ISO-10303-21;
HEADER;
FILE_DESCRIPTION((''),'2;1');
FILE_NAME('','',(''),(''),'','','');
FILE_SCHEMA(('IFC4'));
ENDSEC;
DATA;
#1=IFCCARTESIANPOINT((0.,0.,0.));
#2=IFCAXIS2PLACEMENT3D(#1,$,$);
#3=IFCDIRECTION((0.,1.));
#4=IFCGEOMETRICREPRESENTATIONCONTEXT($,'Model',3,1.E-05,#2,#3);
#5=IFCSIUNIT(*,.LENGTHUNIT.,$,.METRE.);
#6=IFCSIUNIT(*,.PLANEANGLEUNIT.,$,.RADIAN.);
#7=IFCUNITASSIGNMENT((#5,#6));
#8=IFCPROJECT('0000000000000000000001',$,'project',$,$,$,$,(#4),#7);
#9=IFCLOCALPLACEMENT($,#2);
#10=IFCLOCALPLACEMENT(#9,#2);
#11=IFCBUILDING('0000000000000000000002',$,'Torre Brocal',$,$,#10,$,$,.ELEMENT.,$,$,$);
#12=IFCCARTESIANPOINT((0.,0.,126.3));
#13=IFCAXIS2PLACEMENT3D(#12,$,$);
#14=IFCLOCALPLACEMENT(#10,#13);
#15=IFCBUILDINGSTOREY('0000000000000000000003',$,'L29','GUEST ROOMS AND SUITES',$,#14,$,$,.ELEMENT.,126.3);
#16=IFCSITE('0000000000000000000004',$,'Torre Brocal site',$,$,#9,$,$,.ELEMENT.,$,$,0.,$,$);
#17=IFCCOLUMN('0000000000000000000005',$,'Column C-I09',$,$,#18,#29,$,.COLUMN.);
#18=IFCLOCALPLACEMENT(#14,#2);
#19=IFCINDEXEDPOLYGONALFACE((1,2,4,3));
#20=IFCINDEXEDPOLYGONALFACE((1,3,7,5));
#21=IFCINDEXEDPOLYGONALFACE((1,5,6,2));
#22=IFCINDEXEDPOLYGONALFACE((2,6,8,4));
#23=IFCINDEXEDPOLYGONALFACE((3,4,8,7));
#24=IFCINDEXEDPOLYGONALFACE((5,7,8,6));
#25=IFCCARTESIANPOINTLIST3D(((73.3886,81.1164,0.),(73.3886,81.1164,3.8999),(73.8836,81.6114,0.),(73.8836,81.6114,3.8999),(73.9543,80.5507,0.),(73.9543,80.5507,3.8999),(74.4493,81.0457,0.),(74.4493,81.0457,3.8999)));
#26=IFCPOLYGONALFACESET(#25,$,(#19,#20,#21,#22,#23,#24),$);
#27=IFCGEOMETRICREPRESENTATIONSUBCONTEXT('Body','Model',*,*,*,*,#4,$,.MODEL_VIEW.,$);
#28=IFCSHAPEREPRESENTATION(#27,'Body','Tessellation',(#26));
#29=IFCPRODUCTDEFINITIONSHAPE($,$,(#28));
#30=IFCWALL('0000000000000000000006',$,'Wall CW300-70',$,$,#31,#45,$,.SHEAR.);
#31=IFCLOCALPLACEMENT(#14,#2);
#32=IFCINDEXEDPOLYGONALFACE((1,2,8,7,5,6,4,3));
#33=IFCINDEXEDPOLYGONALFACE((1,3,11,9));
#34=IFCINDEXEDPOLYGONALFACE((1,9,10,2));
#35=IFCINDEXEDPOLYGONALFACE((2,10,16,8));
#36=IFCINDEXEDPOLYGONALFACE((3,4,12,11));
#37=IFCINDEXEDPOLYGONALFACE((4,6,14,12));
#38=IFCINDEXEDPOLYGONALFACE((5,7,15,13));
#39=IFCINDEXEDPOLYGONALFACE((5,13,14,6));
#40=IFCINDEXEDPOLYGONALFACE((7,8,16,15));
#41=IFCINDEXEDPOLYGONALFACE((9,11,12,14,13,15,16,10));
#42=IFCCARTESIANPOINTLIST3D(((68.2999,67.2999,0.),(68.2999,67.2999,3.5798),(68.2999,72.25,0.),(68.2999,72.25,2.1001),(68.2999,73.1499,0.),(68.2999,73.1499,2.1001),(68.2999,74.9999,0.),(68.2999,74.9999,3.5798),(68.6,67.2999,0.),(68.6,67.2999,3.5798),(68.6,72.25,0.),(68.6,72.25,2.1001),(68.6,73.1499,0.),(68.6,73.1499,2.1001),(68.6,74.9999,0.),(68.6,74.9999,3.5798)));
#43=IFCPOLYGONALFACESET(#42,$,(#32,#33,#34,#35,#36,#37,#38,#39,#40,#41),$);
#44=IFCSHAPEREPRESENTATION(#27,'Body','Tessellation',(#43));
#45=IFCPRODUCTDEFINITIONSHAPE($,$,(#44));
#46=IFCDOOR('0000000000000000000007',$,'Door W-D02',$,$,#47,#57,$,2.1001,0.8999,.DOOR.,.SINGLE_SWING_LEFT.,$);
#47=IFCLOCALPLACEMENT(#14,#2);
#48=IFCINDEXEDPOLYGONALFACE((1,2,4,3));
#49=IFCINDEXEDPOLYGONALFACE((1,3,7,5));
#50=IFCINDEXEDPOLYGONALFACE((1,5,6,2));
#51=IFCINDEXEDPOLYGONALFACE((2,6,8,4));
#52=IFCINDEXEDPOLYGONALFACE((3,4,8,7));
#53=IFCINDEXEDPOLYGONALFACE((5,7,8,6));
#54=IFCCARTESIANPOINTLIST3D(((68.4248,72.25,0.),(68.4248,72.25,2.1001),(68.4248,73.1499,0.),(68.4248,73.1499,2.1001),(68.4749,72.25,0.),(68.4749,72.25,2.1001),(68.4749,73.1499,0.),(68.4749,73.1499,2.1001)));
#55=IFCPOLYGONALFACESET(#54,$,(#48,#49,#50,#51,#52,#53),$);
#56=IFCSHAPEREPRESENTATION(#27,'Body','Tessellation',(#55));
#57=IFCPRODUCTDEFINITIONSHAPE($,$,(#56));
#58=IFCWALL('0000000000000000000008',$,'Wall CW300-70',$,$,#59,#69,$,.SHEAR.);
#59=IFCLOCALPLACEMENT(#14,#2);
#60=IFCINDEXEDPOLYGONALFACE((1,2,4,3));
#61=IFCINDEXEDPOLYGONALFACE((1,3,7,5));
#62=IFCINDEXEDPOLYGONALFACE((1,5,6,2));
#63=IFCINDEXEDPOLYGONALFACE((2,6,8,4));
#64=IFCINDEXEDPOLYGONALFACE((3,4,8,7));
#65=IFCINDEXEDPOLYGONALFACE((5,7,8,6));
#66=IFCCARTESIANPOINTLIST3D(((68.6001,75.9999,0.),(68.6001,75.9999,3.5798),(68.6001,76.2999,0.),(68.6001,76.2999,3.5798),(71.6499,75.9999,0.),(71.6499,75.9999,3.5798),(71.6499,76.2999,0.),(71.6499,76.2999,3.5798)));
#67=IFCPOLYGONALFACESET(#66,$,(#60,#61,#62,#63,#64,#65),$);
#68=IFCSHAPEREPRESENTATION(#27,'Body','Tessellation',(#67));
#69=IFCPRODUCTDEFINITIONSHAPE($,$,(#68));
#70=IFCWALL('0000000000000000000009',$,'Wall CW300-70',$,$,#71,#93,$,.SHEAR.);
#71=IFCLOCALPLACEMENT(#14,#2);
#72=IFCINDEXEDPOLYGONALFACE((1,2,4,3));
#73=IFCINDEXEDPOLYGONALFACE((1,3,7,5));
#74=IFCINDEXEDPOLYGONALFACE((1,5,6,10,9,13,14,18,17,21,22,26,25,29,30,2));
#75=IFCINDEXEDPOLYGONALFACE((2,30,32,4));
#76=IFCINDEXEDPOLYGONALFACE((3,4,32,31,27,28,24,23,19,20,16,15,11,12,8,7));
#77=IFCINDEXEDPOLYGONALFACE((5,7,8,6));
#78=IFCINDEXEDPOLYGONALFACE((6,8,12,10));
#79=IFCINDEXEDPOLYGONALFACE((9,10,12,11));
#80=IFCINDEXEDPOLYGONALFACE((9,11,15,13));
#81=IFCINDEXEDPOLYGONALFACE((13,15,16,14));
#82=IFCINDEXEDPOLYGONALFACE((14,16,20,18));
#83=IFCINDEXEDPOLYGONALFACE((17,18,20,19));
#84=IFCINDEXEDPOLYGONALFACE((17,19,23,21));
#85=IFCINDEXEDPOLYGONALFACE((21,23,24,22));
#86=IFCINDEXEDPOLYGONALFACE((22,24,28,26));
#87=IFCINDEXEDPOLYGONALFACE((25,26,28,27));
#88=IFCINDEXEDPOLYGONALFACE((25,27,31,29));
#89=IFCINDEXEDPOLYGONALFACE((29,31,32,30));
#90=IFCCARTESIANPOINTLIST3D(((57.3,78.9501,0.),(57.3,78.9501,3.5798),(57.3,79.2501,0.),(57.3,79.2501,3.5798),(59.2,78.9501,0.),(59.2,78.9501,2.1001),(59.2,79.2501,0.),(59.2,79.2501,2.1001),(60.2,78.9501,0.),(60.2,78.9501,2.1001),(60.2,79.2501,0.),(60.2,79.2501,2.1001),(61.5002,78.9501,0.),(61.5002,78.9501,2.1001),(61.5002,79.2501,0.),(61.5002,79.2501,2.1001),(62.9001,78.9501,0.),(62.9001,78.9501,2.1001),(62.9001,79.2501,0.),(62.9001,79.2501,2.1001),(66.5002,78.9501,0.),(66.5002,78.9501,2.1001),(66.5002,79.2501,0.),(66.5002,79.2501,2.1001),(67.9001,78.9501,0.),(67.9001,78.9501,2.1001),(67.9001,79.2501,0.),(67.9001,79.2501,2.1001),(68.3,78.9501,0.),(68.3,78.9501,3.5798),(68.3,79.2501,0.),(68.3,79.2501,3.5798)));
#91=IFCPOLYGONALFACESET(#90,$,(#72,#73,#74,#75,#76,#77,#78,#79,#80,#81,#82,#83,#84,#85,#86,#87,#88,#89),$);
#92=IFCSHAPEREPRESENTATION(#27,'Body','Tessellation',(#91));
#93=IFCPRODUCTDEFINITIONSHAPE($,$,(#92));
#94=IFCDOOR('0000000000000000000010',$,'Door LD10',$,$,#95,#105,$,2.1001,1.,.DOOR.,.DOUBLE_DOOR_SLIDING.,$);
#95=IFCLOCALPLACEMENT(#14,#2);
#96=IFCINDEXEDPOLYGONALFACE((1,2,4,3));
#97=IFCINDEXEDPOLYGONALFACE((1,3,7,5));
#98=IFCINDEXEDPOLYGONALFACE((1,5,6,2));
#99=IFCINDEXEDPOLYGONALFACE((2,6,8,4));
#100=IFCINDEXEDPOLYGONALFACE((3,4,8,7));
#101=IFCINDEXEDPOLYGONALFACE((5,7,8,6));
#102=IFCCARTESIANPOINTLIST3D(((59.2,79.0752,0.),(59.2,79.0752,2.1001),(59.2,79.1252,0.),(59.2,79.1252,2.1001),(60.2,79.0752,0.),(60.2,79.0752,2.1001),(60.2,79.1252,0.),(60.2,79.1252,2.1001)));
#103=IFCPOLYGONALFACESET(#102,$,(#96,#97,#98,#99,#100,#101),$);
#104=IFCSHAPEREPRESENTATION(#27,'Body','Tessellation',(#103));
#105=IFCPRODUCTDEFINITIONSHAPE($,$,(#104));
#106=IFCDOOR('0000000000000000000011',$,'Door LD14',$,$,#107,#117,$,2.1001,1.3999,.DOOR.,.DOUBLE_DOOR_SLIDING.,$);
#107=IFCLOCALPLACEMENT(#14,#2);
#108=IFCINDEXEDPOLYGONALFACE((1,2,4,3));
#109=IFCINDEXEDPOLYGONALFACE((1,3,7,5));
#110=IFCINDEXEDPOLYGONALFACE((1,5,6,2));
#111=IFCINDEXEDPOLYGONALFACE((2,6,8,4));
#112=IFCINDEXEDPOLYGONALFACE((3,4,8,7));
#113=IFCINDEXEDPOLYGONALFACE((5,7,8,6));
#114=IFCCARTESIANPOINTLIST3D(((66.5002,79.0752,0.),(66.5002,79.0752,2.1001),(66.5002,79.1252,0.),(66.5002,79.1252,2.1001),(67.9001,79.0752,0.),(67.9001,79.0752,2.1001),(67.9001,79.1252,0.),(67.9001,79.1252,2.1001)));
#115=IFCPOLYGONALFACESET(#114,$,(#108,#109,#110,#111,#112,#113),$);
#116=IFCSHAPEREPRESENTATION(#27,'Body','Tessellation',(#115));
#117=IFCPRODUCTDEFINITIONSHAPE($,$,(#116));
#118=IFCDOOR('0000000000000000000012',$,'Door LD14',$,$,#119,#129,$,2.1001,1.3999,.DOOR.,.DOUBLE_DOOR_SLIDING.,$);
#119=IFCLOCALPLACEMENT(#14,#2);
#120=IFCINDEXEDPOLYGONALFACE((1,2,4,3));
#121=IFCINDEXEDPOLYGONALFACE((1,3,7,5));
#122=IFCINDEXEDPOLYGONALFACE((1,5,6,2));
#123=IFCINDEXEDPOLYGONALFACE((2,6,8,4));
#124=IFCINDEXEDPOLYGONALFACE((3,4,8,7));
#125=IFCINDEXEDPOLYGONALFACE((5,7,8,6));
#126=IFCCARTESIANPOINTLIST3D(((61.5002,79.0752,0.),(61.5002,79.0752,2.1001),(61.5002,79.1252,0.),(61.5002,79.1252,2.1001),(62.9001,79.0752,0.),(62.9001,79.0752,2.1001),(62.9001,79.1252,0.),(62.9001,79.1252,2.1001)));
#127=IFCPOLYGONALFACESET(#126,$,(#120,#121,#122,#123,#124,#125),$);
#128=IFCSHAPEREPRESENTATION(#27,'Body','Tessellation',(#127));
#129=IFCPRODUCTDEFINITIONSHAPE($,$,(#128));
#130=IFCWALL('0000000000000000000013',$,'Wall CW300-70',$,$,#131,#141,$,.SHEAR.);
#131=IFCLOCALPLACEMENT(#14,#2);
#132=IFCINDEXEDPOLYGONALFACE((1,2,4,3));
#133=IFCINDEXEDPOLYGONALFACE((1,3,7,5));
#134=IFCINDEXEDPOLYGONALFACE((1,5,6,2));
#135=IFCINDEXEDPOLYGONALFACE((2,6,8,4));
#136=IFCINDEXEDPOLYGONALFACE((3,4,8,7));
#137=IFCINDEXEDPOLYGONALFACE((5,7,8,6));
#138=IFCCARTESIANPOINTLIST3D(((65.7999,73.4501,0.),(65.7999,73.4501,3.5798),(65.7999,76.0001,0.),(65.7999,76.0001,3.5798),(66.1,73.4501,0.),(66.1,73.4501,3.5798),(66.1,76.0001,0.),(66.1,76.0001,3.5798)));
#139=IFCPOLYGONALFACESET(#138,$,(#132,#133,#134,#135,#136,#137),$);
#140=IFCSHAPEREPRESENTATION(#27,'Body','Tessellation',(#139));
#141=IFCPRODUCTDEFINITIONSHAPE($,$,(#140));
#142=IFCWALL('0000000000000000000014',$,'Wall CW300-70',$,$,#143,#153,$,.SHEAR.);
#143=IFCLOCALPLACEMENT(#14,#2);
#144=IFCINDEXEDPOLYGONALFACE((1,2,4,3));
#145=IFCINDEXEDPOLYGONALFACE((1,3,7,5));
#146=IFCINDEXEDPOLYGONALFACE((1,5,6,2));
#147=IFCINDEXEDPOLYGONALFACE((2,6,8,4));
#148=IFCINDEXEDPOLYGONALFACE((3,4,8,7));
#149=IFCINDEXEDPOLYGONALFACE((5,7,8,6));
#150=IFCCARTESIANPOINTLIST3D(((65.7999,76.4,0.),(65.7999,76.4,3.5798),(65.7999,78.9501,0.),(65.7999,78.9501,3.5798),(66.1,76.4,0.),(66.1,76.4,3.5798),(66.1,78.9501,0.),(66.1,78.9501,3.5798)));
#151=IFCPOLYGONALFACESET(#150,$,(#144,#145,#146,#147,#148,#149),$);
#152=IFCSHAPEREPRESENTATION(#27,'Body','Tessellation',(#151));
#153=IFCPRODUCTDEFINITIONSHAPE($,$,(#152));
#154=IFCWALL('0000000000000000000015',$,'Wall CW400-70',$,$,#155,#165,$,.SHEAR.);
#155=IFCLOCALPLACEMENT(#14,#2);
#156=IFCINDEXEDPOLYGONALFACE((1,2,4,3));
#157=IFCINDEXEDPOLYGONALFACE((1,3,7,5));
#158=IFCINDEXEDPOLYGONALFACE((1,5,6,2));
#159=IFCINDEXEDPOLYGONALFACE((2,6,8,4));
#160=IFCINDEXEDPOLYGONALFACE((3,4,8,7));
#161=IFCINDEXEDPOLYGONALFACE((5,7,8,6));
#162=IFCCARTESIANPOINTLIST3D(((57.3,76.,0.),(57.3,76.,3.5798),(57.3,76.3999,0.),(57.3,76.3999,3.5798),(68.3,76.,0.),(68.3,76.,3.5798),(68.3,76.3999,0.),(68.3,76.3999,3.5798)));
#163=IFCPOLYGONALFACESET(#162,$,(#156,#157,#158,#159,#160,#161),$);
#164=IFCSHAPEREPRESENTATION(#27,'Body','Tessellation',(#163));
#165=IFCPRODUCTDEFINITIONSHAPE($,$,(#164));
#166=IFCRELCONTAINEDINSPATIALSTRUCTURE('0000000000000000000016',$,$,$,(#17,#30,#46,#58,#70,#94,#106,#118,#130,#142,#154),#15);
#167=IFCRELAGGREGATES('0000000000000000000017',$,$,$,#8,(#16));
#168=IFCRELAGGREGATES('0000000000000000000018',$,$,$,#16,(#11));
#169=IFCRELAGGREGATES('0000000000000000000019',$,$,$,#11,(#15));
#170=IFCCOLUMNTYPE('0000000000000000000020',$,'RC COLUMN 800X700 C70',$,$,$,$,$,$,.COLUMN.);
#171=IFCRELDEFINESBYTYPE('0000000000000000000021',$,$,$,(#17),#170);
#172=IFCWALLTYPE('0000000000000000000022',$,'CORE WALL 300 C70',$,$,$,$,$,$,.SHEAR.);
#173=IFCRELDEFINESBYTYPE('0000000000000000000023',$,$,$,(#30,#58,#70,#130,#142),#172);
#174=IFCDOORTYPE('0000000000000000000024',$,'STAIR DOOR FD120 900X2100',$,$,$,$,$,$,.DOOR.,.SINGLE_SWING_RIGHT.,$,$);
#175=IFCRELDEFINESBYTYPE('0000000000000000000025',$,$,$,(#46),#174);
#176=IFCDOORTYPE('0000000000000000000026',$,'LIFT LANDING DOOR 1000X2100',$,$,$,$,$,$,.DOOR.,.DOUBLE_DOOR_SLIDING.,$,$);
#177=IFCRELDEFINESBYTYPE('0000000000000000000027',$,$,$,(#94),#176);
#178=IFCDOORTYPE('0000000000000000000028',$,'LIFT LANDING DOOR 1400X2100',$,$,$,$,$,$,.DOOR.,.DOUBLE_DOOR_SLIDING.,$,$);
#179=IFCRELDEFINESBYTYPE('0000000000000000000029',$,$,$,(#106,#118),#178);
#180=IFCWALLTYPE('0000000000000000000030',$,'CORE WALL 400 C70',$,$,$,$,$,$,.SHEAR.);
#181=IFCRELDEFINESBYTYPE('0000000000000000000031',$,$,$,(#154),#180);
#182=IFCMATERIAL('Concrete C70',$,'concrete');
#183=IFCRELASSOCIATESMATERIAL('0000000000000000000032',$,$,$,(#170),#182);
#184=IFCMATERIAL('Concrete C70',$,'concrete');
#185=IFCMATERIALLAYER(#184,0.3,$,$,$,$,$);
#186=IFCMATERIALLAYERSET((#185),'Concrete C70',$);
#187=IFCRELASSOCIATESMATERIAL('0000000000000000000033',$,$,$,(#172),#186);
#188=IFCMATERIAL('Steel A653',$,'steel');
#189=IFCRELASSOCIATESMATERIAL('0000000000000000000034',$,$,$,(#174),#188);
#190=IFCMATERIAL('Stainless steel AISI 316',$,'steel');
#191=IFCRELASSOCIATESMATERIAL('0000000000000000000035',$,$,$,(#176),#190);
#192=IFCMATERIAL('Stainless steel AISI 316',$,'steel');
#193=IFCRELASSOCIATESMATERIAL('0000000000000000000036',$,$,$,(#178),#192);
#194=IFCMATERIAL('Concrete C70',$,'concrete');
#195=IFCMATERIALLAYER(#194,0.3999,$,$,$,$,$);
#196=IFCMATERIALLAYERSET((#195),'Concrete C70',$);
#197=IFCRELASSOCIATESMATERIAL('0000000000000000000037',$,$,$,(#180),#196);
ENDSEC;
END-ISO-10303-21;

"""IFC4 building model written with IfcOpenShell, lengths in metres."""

from ifc_helpers import new_model, si_unit, direction, frame, frame_2d, origin, origin_2d, place, context, subcontext, project, spatial, rectangle, extrude, material, layer, layer_set, material_profile, profile_set, type_object, element, fill, save


model = new_model("IFC4")

# Units and contexts
model_context = context("Model", 3, precision=1e-05, world=origin(), true_north=direction((0.0, 1.0)))
body_context = subcontext(model_context, "Body", "Model", "MODEL_VIEW")
ifc_project = project(units=[si_unit("LENGTHUNIT", "METRE"), si_unit("PLANEANGLEUNIT", "RADIAN")], contexts=[model_context])

# Site, building, storey
site_placement = place(None, origin())
site = spatial("IfcSite", under=ifc_project, at=site_placement, Name="Torre Brocal site", CompositionType="ELEMENT", RefElevation=0.0)
building_placement = place(site_placement, origin())
building = spatial("IfcBuilding", under=site, at=building_placement, Name="Torre Brocal", CompositionType="ELEMENT")
storey_placement = place(building_placement, frame((0.0, 0.0, 126.3)))
storey = spatial("IfcBuildingStorey", under=building, at=storey_placement, Name="L29", Description="GUEST ROOMS AND SUITES", CompositionType="ELEMENT", Elevation=126.3)

# Column
ifc_material_1 = material(Name="Concrete C70", Category="concrete")
ifc_material_profile = material_profile(ifc_material_1, rectangle(XDim=0.8, YDim=0.7, at=origin_2d()), Name="RC 800X700")
ifc_profile_set = profile_set([ifc_material_profile], Name="Concrete C70")
column_type = type_object("IfcColumnType", Name="RC COLUMN 800X700 C70", PredefinedType="COLUMN", material=ifc_profile_set)
column_placement = place(storey_placement, frame((73.9189, 81.0811, 0.0), z_axis=(0.0, 0.0, 1.0), x_axis=(-0.707107, 0.707107, 0.0)))
element("IfcColumn", 1, at=column_placement, inside=storey, type_object=column_type, Name="Column C-I09", PredefinedType="COLUMN", context=body_context, shape_type="SweptSolid", body=[
    extrude(rectangle(XDim=0.8, YDim=0.7, at=origin_2d()), origin(), (0.0, 0.0, 1.0), 3.8999),
])

# Wall, opening, door
ifc_material_2 = material(Name="Concrete C70", Category="concrete")
ifc_layer_1 = layer(ifc_material_2, 0.3)
ifc_layer_set_1 = layer_set([ifc_layer_1], Name="Concrete C70")
wall_type_1 = type_object("IfcWallType", Name="CORE WALL 300 C70", PredefinedType="SHEAR", material=ifc_layer_set_1)
wall_1_placement = place(storey_placement, frame((68.45, 75.0, 0.0), z_axis=(0.0, 0.0, 1.0), x_axis=(0.0, -1.0, 0.0)))
wall_1 = element("IfcWall", 2, at=wall_1_placement, inside=storey, type_object=wall_type_1, Name="Wall CW300-70", PredefinedType="SHEAR", context=body_context, shape_type="SweptSolid", body=[
    extrude(rectangle(XDim=7.7, YDim=0.3, at=frame_2d((3.8501, 0.0))), origin(), (0.0, 0.0, 1.0), 3.5798),
])
opening_1_placement = place(wall_1_placement, frame((1.8501, 0.0, 0.0)))
opening_1 = element("IfcOpeningElement", 3, at=opening_1_placement, cuts=wall_1, PredefinedType="OPENING", context=body_context, shape_type="SweptSolid", body=[
    extrude(rectangle(XDim=0.8999, YDim=2.1001, at=frame_2d((0.45, 1.05))), frame((0.0, 0.1599, 0.0), z_axis=(0.0, -1.0, 0.0), x_axis=(1.0, 0.0, 0.0)), (0.0, 0.0, 1.0), 0.3201),
])
ifc_material_3 = material(Name="Steel A653", Category="steel")
door_type_1 = type_object("IfcDoorType", Name="STAIR DOOR FD120 900X2100", OperationType="SINGLE_SWING_RIGHT", PredefinedType="DOOR", material=ifc_material_3)
door_1_placement = place(opening_1_placement, origin())
door_1 = element("IfcDoor", 4, at=door_1_placement, inside=storey, type_object=door_type_1, Name="Door W-D02", OperationType="SINGLE_SWING_LEFT", OverallHeight=2.1001, OverallWidth=0.8999, PredefinedType="DOOR", context=body_context, shape_type="SweptSolid", body=[
    extrude(rectangle(XDim=0.8999, YDim=2.1001, at=frame_2d((0.45, 1.05))), frame((0.0, 0.0249, 0.0), z_axis=(0.0, -1.0, 0.0), x_axis=(1.0, 0.0, 0.0)), (0.0, 0.0, 1.0), 0.05),
])
fill(opening_1, door_1)

# Wall
wall_2_placement = place(storey_placement, frame((71.6499, 76.1499, 0.0), z_axis=(0.0, 0.0, 1.0), x_axis=(-1.0, 0.0, 0.0)))
element("IfcWall", 5, at=wall_2_placement, inside=storey, type_object=wall_type_1, Name="Wall CW300-70", PredefinedType="SHEAR", context=body_context, shape_type="SweptSolid", body=[
    extrude(rectangle(XDim=3.0498, YDim=0.3, at=frame_2d((1.5249, 0.0))), origin(), (0.0, 0.0, 1.0), 3.5798),
])

# Wall, openings, doors
wall_3_placement = place(storey_placement, frame((68.3, 79.1001, 0.0), z_axis=(0.0, 0.0, 1.0), x_axis=(-1.0, 0.0, 0.0)))
wall_3 = element("IfcWall", 6, at=wall_3_placement, inside=storey, type_object=wall_type_1, Name="Wall CW300-70", PredefinedType="SHEAR", context=body_context, shape_type="SweptSolid", body=[
    extrude(rectangle(XDim=11.0, YDim=0.3, at=frame_2d((5.5, 0.0))), origin(), (0.0, 0.0, 1.0), 3.5798),
])
opening_2_placement = place(wall_3_placement, frame((0.3999, 0.0, 0.0)))
opening_2 = element("IfcOpeningElement", 7, at=opening_2_placement, cuts=wall_3, PredefinedType="OPENING", context=body_context, shape_type="SweptSolid", body=[
    extrude(rectangle(XDim=1.3999, YDim=2.1001, at=frame_2d((0.7, 1.05))), frame((0.0, 0.1599, 0.0), z_axis=(0.0, -1.0, 0.0), x_axis=(1.0, 0.0, 0.0)), (0.0, 0.0, 1.0), 0.3201),
])
opening_3_placement = place(wall_3_placement, frame((5.3999, 0.0, 0.0)))
opening_3 = element("IfcOpeningElement", 8, at=opening_3_placement, cuts=wall_3, PredefinedType="OPENING", context=body_context, shape_type="SweptSolid", body=[
    extrude(rectangle(XDim=1.3999, YDim=2.1001, at=frame_2d((0.7, 1.05))), frame((0.0, 0.1599, 0.0), z_axis=(0.0, -1.0, 0.0), x_axis=(1.0, 0.0, 0.0)), (0.0, 0.0, 1.0), 0.3201),
])
opening_4_placement = place(wall_3_placement, frame((8.1001, 0.0, 0.0)))
opening_4 = element("IfcOpeningElement", 9, at=opening_4_placement, cuts=wall_3, PredefinedType="OPENING", context=body_context, shape_type="SweptSolid", body=[
    extrude(rectangle(XDim=1.0, YDim=2.1001, at=frame_2d((0.5, 1.05))), frame((0.0, 0.1599, 0.0), z_axis=(0.0, -1.0, 0.0), x_axis=(1.0, 0.0, 0.0)), (0.0, 0.0, 1.0), 0.3201),
])
ifc_material_4 = material(Name="Stainless steel AISI 316", Category="steel")
door_type_2 = type_object("IfcDoorType", Name="LIFT LANDING DOOR 1000X2100", OperationType="DOUBLE_DOOR_SLIDING", PredefinedType="DOOR", material=ifc_material_4)
door_2_placement = place(opening_4_placement, origin())
door_2 = element("IfcDoor", 10, at=door_2_placement, inside=storey, type_object=door_type_2, Name="Door LD10", OperationType="DOUBLE_DOOR_SLIDING", OverallHeight=2.1001, OverallWidth=1.0, PredefinedType="DOOR", context=body_context, shape_type="SweptSolid", body=[
    extrude(rectangle(XDim=1.0, YDim=2.1001, at=frame_2d((0.5, 1.05))), frame((0.0, 0.0249, 0.0), z_axis=(0.0, -1.0, 0.0), x_axis=(1.0, 0.0, 0.0)), (0.0, 0.0, 1.0), 0.05),
])
fill(opening_4, door_2)
ifc_material_5 = material(Name="Stainless steel AISI 316", Category="steel")
door_type_3 = type_object("IfcDoorType", Name="LIFT LANDING DOOR 1400X2100", OperationType="DOUBLE_DOOR_SLIDING", PredefinedType="DOOR", material=ifc_material_5)
door_3_placement = place(opening_2_placement, origin())
door_3 = element("IfcDoor", 11, at=door_3_placement, inside=storey, type_object=door_type_3, Name="Door LD14", OperationType="DOUBLE_DOOR_SLIDING", OverallHeight=2.1001, OverallWidth=1.3999, PredefinedType="DOOR", context=body_context, shape_type="SweptSolid", body=[
    extrude(rectangle(XDim=1.3999, YDim=2.1001, at=frame_2d((0.7, 1.05))), frame((0.0, 0.0249, 0.0), z_axis=(0.0, -1.0, 0.0), x_axis=(1.0, 0.0, 0.0)), (0.0, 0.0, 1.0), 0.05),
])
fill(opening_2, door_3)
door_4_placement = place(opening_3_placement, origin())
door_4 = element("IfcDoor", 12, at=door_4_placement, inside=storey, type_object=door_type_3, Name="Door LD14", OperationType="DOUBLE_DOOR_SLIDING", OverallHeight=2.1001, OverallWidth=1.3999, PredefinedType="DOOR", context=body_context, shape_type="SweptSolid", body=[
    extrude(rectangle(XDim=1.3999, YDim=2.1001, at=frame_2d((0.7, 1.05))), frame((0.0, 0.0249, 0.0), z_axis=(0.0, -1.0, 0.0), x_axis=(1.0, 0.0, 0.0)), (0.0, 0.0, 1.0), 0.05),
])
fill(opening_3, door_4)

# Walls
for number, where, z_axis, x_axis, name in (
    (13, (65.95, 76.0, 0.0), (0.0, 0.0, 1.0), (0.0, -1.0, 0.0), "Wall CW300-70"),
    (14, (65.95, 78.95, 0.0), (0.0, 0.0, 1.0), (0.0, -1.0, 0.0), "Wall CW300-70"),
):
    element("IfcWall", number, at=place(storey_placement, frame(where, z_axis=z_axis, x_axis=x_axis)), inside=storey, type_object=wall_type_1, Name=name, PredefinedType="SHEAR", context=body_context, shape_type="SweptSolid", body=[
        extrude(rectangle(XDim=2.55, YDim=0.3, at=frame_2d((1.2749, 0.0))), origin(), (0.0, 0.0, 1.0), 3.5798),
    ])
ifc_material_6 = material(Name="Concrete C70", Category="concrete")
ifc_layer_2 = layer(ifc_material_6, 0.3999)
ifc_layer_set_2 = layer_set([ifc_layer_2], Name="Concrete C70")
wall_type_2 = type_object("IfcWallType", Name="CORE WALL 400 C70", PredefinedType="SHEAR", material=ifc_layer_set_2)
wall_4_placement = place(storey_placement, frame((68.3, 76.2, 0.0), z_axis=(0.0, 0.0, 1.0), x_axis=(-1.0, 0.0, 0.0)))
element("IfcWall", 15, at=wall_4_placement, inside=storey, type_object=wall_type_2, Name="Wall CW400-70", PredefinedType="SHEAR", context=body_context, shape_type="SweptSolid", body=[
    extrude(rectangle(XDim=11.0, YDim=0.3999, at=frame_2d((5.5, 0.0))), origin(), (0.0, 0.0, 1.0), 3.5798),
])

save(model, "model.ifc")
